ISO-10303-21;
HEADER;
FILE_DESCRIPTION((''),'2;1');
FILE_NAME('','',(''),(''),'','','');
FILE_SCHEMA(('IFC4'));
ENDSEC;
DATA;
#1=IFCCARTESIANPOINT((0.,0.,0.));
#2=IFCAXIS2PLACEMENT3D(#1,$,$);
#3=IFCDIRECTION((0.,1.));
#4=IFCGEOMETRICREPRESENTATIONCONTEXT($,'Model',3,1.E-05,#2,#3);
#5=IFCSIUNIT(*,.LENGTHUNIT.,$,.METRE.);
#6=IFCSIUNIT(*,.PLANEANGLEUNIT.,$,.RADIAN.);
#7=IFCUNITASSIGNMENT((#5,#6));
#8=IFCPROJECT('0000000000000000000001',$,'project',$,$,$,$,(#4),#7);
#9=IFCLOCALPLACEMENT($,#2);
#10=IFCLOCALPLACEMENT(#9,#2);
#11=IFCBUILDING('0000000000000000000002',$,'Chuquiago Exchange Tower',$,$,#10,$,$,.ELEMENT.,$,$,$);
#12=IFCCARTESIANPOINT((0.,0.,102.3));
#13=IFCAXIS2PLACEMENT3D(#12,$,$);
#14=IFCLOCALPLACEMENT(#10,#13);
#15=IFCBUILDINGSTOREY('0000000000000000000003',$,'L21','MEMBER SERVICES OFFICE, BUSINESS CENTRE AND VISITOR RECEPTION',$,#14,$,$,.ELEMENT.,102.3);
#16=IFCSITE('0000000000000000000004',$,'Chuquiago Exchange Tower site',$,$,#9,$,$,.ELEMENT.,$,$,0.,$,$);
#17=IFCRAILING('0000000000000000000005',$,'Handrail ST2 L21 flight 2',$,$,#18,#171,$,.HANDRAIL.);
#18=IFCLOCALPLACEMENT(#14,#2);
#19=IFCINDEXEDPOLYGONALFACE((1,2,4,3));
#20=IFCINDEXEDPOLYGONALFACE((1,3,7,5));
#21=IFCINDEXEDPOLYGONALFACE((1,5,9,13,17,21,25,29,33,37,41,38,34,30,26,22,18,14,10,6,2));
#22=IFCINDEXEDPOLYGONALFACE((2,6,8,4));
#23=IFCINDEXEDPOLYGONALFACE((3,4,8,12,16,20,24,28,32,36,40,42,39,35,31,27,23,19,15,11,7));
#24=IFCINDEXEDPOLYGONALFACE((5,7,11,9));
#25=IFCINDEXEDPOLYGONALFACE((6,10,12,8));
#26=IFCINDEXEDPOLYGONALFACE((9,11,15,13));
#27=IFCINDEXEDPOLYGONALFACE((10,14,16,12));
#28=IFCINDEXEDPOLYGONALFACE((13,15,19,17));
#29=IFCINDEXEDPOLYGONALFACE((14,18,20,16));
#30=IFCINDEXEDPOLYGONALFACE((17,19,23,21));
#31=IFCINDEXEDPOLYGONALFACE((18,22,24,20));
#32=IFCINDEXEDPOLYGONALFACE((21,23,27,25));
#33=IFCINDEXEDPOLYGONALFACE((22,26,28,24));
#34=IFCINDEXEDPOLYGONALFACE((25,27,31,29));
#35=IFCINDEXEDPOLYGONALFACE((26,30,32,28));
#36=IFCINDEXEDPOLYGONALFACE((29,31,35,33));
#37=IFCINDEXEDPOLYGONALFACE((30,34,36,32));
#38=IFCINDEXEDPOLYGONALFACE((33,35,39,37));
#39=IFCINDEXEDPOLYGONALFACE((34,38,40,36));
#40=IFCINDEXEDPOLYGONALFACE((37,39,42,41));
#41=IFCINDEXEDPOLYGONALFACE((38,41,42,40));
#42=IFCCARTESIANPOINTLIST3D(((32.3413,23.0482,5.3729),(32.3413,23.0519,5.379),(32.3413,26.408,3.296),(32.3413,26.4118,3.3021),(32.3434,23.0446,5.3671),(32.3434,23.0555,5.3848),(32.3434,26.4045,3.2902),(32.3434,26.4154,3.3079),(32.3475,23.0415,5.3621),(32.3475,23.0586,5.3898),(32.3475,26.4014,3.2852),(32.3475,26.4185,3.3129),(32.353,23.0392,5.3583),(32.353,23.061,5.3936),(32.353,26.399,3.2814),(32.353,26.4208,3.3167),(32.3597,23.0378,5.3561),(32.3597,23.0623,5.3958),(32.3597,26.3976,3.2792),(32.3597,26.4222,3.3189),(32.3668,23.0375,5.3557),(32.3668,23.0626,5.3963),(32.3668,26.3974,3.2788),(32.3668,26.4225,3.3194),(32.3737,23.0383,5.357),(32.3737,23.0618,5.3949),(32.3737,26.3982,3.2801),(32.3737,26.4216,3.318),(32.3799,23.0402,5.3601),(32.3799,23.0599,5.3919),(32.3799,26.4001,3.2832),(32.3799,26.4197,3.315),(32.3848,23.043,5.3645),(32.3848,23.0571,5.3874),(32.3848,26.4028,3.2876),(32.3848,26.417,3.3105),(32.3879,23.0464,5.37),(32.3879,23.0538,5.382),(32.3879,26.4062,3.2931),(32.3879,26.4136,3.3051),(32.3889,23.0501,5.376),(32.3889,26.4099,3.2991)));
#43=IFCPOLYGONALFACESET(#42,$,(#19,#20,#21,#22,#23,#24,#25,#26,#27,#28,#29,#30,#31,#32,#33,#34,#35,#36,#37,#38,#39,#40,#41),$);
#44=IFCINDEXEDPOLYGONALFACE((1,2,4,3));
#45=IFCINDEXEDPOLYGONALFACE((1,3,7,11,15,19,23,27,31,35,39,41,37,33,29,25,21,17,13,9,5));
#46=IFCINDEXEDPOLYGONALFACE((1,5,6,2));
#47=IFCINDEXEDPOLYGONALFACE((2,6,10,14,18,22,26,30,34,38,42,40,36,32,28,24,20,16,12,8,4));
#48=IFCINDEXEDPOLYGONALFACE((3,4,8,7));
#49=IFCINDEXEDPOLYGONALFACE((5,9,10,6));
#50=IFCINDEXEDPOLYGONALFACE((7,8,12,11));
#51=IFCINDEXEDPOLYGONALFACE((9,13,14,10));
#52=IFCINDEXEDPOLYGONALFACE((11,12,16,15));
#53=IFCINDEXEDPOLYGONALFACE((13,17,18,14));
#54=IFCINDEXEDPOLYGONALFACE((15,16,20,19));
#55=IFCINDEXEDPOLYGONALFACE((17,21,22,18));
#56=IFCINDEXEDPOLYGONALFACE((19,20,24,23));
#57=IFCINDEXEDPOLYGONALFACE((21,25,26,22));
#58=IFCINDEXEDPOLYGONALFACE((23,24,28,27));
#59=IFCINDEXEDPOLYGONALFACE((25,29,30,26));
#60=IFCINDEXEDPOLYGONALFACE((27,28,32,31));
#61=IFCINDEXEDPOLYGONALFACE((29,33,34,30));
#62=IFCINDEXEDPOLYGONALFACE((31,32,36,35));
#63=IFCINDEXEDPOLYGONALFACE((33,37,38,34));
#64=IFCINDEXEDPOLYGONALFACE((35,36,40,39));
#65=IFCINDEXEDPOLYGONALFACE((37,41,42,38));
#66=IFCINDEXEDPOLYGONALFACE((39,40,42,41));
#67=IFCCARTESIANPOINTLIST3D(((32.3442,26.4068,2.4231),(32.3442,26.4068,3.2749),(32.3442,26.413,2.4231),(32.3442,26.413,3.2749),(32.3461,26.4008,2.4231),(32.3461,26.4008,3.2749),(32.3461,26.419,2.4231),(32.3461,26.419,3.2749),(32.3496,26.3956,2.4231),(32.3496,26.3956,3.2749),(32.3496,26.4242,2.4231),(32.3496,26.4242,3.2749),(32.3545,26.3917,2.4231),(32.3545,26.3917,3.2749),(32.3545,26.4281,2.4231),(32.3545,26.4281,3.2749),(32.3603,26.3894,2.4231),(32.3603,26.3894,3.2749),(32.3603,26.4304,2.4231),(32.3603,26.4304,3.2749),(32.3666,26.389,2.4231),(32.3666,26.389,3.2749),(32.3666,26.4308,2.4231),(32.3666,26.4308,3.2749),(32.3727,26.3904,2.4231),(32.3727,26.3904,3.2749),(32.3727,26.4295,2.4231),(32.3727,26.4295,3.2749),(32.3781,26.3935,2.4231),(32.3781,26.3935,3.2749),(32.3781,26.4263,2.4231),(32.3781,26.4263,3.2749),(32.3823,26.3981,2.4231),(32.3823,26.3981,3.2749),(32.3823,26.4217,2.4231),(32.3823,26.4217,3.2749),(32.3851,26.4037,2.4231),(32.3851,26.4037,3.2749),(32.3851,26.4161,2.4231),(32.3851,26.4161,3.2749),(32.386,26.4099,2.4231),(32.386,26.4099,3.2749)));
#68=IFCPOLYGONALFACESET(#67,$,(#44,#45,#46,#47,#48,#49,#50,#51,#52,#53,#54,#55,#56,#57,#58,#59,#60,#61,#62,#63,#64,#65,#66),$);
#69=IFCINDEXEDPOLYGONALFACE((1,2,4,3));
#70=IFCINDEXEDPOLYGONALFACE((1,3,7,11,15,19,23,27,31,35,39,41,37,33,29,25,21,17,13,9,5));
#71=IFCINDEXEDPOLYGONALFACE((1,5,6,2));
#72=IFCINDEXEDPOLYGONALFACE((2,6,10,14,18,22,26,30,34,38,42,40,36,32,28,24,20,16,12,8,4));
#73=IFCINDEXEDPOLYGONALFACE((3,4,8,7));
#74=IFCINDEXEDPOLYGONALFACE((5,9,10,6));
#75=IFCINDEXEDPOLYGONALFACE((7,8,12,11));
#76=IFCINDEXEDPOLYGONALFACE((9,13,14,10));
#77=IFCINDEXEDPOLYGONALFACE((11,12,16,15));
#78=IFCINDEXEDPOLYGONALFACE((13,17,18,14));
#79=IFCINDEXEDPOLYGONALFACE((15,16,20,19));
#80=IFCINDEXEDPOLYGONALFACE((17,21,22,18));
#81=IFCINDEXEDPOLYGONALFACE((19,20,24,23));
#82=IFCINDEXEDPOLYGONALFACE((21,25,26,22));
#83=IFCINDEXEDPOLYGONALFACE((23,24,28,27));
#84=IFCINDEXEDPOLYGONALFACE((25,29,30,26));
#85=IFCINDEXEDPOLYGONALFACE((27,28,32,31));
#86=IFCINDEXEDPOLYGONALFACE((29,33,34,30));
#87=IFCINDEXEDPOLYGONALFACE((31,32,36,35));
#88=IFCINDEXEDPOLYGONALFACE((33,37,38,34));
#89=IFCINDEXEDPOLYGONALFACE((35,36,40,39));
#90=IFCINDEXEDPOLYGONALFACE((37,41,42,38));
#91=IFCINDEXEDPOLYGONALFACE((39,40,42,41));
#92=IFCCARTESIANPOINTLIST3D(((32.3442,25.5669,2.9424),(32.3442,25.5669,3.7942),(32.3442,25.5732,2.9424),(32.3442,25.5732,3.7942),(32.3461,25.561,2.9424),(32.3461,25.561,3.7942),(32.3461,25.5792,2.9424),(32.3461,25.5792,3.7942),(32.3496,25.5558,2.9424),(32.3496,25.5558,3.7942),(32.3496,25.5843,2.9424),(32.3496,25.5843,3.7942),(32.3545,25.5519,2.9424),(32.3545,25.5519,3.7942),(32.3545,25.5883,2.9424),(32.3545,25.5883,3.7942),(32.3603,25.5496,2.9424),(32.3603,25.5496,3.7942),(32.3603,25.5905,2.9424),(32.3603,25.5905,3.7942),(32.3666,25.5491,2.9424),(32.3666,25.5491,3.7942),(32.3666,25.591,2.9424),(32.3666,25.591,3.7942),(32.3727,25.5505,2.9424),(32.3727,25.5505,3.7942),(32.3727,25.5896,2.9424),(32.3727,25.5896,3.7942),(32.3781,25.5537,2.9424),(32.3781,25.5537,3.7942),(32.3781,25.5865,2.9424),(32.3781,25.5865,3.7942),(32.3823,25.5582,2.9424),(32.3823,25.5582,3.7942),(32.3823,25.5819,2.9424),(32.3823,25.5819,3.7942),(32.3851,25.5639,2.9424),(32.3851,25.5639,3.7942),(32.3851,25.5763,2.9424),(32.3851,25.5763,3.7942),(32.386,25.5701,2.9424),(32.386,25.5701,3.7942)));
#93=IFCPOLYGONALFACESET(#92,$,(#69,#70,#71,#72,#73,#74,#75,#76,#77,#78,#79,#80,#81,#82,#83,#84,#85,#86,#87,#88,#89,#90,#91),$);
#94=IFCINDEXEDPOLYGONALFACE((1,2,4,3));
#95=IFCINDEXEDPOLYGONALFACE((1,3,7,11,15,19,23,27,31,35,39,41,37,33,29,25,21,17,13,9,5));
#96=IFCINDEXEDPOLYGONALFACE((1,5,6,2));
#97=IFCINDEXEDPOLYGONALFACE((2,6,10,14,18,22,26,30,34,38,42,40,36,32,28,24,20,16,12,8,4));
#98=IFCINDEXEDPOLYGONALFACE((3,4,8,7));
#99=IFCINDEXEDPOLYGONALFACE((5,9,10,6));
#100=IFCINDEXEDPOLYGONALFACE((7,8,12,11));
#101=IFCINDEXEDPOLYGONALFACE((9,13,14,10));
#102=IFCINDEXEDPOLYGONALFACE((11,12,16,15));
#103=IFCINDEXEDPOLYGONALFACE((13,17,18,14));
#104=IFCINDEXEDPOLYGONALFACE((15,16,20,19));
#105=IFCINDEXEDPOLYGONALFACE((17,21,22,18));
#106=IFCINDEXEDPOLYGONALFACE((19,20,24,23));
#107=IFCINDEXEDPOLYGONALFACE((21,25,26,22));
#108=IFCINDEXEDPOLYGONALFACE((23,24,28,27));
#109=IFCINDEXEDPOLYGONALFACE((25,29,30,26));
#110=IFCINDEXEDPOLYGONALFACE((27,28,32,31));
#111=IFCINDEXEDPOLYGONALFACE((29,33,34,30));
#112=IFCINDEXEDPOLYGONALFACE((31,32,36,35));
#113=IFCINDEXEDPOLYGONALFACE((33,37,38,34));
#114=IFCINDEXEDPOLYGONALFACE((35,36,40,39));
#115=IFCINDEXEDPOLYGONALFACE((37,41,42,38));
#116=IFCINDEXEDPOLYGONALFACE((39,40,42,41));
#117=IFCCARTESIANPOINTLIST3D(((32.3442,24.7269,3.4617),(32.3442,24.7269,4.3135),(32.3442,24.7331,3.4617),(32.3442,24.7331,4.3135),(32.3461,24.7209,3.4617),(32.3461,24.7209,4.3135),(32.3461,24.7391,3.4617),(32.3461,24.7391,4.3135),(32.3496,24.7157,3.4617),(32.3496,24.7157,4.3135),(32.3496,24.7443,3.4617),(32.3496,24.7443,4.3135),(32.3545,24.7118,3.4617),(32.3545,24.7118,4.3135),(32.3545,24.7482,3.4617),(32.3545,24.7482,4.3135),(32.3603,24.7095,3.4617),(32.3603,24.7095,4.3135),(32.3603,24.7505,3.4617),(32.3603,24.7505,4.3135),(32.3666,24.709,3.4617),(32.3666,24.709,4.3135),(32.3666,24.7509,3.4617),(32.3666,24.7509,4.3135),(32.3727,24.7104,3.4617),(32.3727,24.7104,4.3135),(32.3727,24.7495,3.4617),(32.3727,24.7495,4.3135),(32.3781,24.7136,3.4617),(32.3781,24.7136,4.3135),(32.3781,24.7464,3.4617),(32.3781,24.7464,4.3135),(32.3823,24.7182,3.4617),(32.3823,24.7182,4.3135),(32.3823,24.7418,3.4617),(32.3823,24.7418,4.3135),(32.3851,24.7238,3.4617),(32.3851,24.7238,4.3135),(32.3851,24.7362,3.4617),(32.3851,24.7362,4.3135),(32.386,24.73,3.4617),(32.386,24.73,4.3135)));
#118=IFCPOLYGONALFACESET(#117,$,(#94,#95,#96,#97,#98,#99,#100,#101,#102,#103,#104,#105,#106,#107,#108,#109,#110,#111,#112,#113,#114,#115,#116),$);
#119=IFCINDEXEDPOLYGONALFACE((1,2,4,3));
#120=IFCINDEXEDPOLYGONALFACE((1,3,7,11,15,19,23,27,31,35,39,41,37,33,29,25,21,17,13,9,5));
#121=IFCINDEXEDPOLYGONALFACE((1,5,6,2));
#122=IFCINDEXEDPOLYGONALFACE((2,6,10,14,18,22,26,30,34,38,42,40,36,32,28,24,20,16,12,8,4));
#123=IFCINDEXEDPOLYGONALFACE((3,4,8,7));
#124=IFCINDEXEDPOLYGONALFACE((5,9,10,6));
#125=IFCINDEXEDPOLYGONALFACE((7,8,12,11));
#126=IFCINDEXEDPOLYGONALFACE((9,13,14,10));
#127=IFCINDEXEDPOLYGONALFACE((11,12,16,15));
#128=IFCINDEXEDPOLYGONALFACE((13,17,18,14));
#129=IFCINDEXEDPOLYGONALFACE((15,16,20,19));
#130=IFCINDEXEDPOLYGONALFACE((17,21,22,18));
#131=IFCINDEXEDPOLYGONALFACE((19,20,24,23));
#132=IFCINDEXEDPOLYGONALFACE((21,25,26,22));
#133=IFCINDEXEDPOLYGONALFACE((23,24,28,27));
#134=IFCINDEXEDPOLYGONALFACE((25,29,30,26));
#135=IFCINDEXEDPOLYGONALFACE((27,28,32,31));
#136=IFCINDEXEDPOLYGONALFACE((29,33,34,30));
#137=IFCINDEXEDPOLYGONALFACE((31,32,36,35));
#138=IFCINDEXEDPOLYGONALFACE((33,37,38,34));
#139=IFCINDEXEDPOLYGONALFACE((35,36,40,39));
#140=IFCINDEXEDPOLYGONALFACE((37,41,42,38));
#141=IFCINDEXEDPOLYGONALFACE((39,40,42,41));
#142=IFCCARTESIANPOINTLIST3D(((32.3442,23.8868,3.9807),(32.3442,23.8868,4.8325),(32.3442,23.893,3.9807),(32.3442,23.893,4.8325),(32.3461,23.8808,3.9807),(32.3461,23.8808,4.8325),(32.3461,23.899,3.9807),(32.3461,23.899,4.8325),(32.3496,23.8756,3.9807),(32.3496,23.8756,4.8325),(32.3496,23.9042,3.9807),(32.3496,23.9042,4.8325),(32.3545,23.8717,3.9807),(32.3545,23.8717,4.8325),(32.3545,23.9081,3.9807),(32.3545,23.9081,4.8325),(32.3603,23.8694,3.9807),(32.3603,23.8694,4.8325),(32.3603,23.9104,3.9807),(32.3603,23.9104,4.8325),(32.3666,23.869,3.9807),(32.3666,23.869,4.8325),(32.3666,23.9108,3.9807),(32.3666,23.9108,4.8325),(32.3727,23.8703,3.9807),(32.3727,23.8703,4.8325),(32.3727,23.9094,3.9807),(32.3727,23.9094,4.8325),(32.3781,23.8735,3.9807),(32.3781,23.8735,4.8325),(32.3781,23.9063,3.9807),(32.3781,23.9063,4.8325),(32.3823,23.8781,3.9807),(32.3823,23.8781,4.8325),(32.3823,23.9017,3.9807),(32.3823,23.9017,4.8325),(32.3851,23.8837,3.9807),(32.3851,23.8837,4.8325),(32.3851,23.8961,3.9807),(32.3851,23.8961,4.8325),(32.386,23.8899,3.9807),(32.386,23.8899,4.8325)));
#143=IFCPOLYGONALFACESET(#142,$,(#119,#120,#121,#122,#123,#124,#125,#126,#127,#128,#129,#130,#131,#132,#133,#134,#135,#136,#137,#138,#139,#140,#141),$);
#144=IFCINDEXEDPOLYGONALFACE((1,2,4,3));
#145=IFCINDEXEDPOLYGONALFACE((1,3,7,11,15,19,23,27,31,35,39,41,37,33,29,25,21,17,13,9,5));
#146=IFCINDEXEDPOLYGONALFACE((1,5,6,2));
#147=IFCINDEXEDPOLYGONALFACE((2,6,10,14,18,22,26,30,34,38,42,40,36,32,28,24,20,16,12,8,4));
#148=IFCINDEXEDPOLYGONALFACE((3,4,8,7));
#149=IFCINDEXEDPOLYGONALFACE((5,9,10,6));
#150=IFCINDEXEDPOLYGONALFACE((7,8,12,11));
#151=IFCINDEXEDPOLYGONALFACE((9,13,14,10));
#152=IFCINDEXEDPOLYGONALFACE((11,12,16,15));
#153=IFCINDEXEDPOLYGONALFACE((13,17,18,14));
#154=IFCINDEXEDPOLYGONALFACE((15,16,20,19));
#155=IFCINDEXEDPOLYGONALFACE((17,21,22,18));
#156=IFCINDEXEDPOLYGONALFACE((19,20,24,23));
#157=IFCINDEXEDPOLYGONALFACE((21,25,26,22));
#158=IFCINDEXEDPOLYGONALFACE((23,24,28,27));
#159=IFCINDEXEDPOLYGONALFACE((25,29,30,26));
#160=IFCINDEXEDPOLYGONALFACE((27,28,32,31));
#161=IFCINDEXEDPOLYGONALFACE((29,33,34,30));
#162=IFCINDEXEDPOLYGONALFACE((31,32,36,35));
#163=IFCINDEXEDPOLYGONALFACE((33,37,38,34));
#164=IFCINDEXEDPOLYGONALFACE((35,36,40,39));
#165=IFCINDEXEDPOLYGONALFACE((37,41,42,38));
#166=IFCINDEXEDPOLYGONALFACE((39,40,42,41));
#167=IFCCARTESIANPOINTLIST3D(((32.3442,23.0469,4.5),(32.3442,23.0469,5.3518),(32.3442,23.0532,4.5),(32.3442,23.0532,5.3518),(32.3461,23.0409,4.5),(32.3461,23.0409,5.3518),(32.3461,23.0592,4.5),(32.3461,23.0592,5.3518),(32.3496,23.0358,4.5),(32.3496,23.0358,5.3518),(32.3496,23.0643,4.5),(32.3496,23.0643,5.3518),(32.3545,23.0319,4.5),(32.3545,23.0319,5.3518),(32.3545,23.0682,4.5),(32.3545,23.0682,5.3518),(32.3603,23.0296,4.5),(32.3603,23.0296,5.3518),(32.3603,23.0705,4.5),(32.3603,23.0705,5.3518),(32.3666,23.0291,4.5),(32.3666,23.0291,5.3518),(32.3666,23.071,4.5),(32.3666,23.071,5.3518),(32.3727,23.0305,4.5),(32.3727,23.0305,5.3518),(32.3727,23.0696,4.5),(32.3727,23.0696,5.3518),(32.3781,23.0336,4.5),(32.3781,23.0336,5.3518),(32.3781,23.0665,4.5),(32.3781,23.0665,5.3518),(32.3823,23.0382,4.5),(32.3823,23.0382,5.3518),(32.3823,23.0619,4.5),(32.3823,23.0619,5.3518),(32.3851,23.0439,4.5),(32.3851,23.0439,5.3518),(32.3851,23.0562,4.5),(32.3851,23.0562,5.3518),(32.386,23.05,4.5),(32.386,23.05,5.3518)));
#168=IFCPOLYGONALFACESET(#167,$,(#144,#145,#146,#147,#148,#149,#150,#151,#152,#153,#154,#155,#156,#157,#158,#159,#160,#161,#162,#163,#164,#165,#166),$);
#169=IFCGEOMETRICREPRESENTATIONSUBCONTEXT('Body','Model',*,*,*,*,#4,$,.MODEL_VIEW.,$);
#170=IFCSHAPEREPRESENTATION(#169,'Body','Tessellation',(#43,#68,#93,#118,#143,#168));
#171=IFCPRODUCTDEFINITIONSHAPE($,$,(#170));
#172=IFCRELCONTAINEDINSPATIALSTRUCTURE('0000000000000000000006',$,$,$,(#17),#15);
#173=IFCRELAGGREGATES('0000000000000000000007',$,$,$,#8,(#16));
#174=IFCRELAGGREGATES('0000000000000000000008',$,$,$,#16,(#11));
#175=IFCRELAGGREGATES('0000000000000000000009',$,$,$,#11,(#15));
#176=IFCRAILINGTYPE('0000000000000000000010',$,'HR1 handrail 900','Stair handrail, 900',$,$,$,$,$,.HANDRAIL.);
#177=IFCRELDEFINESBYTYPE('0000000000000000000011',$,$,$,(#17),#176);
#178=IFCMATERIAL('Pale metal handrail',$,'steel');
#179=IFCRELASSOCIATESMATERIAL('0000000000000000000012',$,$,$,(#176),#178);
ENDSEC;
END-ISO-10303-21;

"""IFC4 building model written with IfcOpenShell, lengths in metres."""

from ifc_helpers import new_model, si_unit, direction, frame, origin, origin_2d, place, context, subcontext, project, spatial, circle, extrude, material, type_object, element, save


model = new_model("IFC4")

# Units and contexts
model_context = context("Model", 3, precision=1e-05, world=origin(), true_north=direction((0.0, 1.0)))
body_context = subcontext(model_context, "Body", "Model", "MODEL_VIEW")
ifc_project = project(units=[si_unit("LENGTHUNIT", "METRE"), si_unit("PLANEANGLEUNIT", "RADIAN")], contexts=[model_context])

# Site, building, storey
site_placement = place(None, origin())
site = spatial("IfcSite", under=ifc_project, at=site_placement, Name="Chuquiago Exchange Tower site", CompositionType="ELEMENT", RefElevation=0.0)
building_placement = place(site_placement, origin())
building = spatial("IfcBuilding", under=site, at=building_placement, Name="Chuquiago Exchange Tower", CompositionType="ELEMENT")
storey_placement = place(building_placement, frame((0.0, 0.0, 102.3)))
storey = spatial("IfcBuildingStorey", under=building, at=storey_placement, Name="L21", Description="MEMBER SERVICES OFFICE, BUSINESS CENTRE AND VISITOR RECEPTION", CompositionType="ELEMENT", Elevation=102.3)

# Railing
ifc_material_1 = material(Name="Pale metal handrail", Category="steel")
railing_type_1 = type_object("IfcRailingType", Name="HR1 handrail 900", Description="Stair handrail, 900", PredefinedType="HANDRAIL", material=ifc_material_1)
for number, where, name in (
    (1, (32.365, 26.4099, 2.4231), "Handrail ST2 L21 flight 2"),
):
    element("IfcRailing", number, at=place(storey_placement, frame(where)), inside=storey, type_object=railing_type_1, Name=name, PredefinedType="HANDRAIL", context=body_context, shape_type="SweptSolid", body=[
        extrude(circle(Radius=0.0239, at=origin_2d()), frame((0.0, 0.0, 0.876), z_axis=(0.0, -0.850606, 0.525803), x_axis=(1.0, 0.0, 0.0)), (0.0, 0.0, 1.0), 3.95),
        extrude(circle(Radius=0.021, at=origin_2d()), origin(), (0.0, 0.0, 1.0), 0.8518),
        extrude(circle(Radius=0.021, at=origin_2d()), frame((0.0, -0.8398, 0.5193)), (0.0, 0.0, 1.0), 0.8518),
        extrude(circle(Radius=0.021, at=origin_2d()), frame((0.0, -1.6799, 1.0386)), (0.0, 0.0, 1.0), 0.8518),
        extrude(circle(Radius=0.021, at=origin_2d()), frame((0.0, -2.52, 1.5576)), (0.0, 0.0, 1.0), 0.8518),
        extrude(circle(Radius=0.021, at=origin_2d()), frame((0.0, -3.3599, 2.0769)), (0.0, 0.0, 1.0), 0.8518),
    ])

save(model, "model.ifc")
